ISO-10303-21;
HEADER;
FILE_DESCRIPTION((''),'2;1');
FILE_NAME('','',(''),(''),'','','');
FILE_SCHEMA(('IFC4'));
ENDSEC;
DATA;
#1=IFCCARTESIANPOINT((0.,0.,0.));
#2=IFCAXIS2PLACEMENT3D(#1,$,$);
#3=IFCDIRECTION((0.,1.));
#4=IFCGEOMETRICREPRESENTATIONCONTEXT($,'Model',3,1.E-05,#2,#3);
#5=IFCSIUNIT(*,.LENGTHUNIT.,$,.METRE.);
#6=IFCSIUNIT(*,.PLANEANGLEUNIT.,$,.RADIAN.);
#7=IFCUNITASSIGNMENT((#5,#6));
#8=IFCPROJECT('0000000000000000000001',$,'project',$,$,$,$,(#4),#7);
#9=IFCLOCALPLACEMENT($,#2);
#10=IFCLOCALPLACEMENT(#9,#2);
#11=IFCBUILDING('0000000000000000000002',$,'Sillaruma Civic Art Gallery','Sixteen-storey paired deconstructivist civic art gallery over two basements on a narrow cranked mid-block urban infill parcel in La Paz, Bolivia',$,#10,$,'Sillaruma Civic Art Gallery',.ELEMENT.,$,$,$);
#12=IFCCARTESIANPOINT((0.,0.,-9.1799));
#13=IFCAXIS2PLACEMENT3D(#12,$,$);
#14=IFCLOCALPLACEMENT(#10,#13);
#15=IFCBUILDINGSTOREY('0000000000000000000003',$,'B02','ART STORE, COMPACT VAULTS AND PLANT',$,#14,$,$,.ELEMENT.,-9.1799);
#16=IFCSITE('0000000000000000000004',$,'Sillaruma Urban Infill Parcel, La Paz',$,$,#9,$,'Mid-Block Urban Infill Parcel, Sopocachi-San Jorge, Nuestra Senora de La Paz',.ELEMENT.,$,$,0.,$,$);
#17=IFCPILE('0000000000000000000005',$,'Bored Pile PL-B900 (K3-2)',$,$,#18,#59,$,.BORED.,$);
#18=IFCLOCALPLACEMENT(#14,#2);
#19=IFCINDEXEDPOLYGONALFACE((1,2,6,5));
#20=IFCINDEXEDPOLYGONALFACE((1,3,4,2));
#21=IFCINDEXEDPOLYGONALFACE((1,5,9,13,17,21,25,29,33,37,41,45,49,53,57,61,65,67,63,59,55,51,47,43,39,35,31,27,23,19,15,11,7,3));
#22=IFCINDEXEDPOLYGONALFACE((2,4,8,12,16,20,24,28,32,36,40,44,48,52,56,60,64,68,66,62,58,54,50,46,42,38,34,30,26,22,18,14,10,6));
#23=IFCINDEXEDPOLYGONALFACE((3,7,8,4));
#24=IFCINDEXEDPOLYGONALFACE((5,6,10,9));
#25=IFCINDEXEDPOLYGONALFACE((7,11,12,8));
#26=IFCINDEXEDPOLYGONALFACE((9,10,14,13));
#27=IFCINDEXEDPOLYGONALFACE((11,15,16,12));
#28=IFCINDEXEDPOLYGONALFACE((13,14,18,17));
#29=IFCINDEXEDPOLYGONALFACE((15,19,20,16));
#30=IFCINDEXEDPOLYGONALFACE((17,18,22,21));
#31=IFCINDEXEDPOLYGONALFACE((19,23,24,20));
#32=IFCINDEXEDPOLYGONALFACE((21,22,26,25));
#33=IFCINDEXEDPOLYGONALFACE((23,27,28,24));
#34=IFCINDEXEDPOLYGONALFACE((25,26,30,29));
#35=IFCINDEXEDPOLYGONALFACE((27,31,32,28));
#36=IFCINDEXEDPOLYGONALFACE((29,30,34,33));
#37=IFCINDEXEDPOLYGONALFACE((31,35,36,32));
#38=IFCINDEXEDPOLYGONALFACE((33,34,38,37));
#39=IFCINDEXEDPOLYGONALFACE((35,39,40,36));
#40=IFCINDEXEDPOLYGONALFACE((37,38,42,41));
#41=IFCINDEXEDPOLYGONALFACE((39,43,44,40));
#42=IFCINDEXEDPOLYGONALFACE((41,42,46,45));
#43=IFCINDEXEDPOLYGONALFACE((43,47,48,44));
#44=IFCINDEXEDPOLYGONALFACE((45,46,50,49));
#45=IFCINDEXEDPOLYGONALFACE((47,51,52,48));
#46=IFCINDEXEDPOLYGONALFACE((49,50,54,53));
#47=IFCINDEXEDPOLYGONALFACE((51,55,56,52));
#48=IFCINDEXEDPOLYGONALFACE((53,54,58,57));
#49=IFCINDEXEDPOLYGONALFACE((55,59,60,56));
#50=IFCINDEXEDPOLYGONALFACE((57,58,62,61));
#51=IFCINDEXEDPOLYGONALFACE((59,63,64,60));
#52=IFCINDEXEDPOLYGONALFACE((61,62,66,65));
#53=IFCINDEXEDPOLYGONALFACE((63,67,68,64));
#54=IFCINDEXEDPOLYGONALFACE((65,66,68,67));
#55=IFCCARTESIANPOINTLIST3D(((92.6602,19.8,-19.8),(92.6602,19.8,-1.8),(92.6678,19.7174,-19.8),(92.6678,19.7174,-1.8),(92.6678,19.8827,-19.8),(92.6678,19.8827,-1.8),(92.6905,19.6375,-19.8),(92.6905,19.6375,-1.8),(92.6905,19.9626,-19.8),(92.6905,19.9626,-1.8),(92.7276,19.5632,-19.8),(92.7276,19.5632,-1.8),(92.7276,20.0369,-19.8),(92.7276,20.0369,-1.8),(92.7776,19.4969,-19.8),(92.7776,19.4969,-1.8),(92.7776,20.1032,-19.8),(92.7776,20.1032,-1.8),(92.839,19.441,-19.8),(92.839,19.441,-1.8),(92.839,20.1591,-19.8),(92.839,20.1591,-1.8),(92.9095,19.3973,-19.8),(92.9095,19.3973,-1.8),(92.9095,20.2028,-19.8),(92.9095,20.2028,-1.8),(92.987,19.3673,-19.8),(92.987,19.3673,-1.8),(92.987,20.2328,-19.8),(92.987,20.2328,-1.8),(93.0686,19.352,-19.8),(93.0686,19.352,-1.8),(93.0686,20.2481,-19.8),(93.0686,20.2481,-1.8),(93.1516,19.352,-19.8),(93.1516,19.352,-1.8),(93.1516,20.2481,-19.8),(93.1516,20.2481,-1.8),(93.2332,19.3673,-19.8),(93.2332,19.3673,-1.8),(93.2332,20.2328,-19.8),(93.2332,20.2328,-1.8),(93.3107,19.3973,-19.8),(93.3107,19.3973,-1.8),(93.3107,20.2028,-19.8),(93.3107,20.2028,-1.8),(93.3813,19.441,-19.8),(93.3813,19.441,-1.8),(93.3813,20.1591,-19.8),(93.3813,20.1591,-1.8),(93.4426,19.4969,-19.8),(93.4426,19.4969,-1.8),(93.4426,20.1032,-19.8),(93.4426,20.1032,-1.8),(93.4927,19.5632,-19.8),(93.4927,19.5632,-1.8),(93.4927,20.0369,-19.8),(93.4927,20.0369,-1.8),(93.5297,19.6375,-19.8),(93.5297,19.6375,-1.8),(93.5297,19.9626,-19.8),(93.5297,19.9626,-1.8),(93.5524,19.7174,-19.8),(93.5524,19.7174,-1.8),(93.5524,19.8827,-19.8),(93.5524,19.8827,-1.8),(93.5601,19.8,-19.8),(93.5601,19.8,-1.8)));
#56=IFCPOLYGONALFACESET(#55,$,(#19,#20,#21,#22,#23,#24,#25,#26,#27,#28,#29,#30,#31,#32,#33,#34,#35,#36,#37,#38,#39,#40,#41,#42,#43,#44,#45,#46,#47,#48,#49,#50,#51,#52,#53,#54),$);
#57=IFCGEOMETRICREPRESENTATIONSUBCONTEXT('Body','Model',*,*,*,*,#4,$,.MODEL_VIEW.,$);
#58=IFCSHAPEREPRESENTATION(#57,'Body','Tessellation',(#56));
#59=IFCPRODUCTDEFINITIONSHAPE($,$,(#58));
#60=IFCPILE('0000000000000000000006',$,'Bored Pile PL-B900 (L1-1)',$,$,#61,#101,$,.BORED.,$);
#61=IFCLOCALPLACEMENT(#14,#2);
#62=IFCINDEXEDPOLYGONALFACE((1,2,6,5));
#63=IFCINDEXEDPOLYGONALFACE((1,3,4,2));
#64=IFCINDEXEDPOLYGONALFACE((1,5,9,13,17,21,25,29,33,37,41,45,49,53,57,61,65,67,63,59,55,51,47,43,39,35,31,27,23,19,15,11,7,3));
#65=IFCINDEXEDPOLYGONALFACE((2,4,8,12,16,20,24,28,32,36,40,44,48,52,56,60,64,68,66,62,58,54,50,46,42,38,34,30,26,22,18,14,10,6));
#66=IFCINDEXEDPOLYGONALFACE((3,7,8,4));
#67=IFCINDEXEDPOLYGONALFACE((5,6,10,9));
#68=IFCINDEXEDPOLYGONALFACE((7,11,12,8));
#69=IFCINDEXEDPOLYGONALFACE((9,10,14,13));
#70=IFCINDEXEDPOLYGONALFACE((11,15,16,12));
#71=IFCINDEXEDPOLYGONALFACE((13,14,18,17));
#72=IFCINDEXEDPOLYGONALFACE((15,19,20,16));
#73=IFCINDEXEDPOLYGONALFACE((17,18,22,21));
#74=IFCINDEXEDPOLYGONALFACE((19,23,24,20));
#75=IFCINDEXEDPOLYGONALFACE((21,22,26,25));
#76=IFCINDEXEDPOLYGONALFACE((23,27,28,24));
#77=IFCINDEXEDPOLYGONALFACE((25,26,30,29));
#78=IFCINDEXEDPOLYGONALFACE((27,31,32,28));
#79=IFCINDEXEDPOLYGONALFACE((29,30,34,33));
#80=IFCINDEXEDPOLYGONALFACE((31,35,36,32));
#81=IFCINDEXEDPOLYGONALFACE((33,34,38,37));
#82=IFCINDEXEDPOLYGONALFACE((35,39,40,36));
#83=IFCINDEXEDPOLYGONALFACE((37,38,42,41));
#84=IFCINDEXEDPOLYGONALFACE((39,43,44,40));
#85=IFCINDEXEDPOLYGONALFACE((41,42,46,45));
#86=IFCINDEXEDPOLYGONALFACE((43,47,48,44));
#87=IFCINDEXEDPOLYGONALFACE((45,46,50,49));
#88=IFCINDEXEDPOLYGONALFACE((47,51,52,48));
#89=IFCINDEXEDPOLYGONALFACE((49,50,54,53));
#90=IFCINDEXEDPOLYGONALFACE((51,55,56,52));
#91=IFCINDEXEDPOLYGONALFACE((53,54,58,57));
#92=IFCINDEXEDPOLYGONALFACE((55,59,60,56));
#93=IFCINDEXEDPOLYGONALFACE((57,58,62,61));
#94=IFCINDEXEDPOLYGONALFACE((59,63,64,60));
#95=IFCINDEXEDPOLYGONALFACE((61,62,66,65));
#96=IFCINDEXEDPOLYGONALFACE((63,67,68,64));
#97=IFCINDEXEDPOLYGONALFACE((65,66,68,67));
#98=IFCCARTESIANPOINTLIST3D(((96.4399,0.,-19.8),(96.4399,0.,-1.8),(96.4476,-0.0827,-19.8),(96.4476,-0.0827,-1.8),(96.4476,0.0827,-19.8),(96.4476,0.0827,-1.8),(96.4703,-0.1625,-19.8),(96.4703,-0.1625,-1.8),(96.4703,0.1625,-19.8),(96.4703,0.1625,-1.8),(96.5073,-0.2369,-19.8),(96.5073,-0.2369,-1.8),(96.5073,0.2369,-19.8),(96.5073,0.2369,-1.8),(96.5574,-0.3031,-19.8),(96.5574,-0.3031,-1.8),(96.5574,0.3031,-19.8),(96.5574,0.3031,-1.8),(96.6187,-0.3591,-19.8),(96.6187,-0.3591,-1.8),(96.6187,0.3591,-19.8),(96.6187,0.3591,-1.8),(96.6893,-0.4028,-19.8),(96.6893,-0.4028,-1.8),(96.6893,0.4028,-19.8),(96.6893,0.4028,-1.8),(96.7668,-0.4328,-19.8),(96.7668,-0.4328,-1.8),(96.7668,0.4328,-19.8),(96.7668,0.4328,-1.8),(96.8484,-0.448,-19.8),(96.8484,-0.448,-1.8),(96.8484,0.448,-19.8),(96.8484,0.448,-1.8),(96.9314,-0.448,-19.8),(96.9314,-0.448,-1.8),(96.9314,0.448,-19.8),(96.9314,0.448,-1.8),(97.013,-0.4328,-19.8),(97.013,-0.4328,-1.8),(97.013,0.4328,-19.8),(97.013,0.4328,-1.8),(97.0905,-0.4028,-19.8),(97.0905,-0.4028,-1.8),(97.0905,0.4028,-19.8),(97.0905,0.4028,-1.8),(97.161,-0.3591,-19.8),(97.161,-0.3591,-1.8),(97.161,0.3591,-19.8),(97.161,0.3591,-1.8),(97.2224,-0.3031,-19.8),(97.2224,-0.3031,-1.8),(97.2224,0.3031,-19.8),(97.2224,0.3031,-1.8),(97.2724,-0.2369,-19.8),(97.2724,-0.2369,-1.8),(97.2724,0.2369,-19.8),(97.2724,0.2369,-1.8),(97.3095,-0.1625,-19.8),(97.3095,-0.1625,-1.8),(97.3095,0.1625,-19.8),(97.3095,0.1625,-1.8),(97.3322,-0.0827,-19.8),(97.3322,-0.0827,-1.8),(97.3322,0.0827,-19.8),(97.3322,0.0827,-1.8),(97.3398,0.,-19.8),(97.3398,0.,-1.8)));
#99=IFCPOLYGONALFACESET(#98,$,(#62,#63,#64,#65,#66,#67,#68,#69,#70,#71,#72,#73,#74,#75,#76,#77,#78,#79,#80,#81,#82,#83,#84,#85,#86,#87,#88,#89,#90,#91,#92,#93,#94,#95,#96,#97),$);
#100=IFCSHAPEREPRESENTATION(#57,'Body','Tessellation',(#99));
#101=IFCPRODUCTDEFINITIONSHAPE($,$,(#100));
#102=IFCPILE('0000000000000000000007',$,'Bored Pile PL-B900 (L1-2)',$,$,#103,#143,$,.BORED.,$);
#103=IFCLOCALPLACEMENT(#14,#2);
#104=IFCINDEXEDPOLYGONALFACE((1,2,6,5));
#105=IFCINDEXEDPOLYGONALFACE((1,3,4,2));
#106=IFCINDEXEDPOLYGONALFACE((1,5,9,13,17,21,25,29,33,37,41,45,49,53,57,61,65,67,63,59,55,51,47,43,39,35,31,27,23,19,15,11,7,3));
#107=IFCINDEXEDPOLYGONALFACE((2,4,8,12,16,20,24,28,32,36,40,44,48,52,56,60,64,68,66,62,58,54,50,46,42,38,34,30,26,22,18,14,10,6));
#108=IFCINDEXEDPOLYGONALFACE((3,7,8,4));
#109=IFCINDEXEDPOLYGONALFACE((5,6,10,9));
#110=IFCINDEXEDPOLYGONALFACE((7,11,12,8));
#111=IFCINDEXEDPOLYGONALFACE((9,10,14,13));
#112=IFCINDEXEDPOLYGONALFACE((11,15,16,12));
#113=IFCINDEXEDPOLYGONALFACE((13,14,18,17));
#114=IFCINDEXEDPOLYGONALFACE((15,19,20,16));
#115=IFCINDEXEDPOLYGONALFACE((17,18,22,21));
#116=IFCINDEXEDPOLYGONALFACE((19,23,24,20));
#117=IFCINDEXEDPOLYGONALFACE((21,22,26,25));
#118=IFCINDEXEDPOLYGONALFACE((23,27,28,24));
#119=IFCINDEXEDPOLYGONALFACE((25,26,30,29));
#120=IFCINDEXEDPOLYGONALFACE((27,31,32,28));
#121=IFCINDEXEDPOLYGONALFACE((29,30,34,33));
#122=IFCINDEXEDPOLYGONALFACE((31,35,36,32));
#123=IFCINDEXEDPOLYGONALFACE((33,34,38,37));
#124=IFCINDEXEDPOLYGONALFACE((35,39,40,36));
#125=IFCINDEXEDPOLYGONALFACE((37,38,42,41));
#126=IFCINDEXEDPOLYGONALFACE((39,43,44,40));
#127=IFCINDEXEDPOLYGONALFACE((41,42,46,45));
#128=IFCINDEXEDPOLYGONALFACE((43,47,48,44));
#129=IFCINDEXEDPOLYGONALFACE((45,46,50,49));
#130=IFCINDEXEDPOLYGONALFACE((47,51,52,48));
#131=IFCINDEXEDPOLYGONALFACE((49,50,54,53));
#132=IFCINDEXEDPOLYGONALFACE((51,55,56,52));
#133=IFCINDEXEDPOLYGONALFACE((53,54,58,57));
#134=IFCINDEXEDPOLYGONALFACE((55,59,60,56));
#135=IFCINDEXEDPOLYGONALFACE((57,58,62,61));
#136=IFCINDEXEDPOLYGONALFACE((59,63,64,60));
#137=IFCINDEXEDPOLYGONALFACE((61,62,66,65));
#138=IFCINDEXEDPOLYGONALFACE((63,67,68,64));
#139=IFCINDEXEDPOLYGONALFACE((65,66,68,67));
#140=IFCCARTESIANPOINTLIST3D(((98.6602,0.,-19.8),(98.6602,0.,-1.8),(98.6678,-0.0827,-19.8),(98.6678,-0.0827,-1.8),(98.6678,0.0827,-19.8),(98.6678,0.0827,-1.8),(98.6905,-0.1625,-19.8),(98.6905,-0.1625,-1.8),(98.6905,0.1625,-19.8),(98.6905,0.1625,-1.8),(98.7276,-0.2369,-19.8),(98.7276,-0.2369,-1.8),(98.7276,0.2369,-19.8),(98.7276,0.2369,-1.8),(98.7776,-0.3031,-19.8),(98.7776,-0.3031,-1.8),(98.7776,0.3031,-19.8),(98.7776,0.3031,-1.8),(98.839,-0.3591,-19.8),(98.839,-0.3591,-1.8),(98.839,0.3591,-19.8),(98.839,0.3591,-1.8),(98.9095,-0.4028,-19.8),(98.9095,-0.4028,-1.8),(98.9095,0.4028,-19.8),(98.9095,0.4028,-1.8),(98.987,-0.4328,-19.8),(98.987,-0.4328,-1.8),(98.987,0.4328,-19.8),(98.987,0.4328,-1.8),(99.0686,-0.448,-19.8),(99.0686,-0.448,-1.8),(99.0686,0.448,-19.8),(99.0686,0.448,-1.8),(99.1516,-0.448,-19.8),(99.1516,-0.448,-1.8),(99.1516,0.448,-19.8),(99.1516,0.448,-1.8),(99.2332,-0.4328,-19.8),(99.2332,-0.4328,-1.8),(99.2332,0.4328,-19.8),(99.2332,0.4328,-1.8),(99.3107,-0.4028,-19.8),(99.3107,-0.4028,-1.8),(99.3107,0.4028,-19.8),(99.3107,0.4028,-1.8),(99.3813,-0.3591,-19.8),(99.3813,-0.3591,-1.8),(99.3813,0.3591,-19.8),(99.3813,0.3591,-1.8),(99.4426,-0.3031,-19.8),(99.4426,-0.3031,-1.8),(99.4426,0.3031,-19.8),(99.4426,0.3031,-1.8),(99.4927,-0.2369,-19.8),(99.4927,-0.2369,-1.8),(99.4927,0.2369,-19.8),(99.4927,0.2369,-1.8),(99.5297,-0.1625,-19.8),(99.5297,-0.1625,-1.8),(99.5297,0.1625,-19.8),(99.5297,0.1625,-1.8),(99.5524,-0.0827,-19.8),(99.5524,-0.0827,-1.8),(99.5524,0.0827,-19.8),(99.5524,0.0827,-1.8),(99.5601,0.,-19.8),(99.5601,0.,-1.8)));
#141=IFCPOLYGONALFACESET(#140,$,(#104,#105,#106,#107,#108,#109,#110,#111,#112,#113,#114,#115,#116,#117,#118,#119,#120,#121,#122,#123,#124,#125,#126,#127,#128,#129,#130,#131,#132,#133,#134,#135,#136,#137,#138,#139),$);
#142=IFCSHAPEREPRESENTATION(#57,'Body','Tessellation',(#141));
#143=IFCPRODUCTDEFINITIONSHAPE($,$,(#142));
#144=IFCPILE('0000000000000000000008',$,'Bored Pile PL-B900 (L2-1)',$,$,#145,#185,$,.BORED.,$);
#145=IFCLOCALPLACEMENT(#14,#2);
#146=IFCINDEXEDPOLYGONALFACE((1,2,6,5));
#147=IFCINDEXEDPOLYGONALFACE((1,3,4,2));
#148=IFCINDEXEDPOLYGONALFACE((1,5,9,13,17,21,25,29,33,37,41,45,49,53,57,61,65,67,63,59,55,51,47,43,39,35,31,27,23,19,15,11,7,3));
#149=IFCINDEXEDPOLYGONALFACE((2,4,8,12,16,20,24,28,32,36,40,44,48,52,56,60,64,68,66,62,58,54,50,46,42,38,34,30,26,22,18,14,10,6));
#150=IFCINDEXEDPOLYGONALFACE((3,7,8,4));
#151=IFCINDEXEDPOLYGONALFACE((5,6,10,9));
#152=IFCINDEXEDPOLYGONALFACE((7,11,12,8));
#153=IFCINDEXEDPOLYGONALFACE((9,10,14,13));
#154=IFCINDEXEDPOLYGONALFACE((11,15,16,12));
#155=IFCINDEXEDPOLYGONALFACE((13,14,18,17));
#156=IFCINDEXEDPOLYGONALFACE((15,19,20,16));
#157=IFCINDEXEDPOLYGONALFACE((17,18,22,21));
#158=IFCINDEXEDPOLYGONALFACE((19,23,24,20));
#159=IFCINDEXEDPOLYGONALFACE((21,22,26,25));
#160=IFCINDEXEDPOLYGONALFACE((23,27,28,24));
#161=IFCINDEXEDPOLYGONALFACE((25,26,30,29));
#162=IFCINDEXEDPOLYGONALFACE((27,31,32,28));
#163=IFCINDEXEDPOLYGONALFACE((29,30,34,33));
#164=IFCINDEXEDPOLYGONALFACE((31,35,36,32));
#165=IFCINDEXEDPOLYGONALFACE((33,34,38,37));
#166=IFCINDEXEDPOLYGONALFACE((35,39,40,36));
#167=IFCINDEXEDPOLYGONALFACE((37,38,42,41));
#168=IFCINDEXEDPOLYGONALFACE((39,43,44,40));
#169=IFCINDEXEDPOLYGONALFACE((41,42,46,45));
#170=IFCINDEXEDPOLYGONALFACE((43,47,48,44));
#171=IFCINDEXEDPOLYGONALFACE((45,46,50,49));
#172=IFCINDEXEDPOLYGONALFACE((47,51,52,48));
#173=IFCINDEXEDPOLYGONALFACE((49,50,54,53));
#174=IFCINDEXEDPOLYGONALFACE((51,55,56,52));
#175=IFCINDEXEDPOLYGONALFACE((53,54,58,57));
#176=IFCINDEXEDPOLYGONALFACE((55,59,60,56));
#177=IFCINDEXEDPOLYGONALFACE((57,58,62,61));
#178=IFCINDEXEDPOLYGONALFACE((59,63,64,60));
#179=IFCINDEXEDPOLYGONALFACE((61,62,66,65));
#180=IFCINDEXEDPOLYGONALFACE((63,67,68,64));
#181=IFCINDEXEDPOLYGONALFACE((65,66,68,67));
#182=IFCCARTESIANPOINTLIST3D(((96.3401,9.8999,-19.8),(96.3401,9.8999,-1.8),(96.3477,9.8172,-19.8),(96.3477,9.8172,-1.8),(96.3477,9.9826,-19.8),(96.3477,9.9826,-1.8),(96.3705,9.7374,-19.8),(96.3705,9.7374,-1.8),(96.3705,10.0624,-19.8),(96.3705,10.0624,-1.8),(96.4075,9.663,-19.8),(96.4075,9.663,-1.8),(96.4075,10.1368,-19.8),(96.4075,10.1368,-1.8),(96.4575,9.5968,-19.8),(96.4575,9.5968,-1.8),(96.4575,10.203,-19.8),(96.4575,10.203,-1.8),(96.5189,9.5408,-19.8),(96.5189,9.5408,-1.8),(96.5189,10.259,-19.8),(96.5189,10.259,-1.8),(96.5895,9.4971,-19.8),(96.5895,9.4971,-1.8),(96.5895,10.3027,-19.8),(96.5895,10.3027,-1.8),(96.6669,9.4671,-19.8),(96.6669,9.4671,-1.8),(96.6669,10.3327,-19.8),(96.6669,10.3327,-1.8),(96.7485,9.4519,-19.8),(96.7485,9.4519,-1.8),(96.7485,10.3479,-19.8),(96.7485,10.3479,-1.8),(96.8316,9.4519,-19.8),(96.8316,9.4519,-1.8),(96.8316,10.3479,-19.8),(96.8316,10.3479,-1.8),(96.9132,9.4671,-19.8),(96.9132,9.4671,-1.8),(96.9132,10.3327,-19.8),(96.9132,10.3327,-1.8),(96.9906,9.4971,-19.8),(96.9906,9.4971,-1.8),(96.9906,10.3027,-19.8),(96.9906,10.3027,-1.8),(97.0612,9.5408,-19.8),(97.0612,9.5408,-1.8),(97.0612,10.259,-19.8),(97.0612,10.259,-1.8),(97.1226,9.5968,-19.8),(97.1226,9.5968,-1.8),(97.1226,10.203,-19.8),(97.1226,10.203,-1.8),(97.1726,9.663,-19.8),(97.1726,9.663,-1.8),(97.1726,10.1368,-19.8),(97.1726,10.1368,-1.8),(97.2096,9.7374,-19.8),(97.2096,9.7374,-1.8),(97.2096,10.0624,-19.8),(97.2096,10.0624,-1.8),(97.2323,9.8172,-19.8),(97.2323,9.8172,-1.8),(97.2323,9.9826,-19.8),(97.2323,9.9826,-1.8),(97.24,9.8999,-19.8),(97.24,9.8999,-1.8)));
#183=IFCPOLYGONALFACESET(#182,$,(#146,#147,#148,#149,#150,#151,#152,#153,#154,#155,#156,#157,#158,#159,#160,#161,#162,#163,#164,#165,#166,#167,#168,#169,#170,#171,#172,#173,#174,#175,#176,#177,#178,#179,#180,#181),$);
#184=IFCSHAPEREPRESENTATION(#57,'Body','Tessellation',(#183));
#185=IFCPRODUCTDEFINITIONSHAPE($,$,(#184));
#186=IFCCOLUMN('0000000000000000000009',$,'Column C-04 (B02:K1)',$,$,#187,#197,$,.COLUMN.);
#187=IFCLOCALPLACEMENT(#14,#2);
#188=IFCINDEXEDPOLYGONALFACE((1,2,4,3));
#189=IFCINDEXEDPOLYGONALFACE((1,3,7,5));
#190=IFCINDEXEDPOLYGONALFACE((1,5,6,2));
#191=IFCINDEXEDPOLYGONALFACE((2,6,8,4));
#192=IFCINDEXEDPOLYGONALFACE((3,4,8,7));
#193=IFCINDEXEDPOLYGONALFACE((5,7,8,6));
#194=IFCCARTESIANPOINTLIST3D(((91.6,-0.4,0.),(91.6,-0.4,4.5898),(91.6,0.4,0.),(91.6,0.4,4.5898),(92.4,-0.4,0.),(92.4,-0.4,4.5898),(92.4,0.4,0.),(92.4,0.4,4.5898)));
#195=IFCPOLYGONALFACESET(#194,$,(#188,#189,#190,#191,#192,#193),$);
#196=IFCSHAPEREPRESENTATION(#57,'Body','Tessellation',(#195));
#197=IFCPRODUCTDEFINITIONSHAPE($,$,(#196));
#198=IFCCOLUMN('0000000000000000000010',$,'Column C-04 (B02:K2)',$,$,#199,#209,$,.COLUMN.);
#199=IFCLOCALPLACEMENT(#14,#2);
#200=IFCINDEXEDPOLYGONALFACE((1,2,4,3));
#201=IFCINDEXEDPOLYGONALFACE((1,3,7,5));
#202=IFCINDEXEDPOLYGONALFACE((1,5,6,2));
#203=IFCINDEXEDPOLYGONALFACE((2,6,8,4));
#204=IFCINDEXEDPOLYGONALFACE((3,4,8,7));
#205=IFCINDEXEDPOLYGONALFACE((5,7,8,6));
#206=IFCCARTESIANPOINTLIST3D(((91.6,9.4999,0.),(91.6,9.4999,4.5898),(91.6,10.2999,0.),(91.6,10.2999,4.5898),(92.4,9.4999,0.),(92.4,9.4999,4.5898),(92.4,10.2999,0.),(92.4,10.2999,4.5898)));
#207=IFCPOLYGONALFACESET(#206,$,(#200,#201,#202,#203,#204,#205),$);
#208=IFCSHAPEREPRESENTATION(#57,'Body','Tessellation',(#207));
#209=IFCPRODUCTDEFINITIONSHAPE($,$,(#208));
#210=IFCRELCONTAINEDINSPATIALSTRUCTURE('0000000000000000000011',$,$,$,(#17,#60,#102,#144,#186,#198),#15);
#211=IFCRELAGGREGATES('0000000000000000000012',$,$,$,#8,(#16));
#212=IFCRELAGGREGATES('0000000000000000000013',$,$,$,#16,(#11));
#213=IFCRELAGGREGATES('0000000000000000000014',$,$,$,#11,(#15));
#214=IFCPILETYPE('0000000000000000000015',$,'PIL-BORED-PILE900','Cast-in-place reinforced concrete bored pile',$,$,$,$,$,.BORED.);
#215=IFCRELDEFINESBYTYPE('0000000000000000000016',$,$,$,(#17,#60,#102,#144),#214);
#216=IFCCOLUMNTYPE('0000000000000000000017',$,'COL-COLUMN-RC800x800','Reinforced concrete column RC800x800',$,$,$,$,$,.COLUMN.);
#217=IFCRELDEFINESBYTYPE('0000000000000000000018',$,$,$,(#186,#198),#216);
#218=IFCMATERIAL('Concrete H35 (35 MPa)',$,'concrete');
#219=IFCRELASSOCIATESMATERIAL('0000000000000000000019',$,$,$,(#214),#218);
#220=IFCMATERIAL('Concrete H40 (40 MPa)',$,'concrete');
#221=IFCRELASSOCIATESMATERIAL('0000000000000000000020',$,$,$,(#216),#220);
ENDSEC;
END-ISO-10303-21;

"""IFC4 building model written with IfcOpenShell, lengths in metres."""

from ifc_helpers import new_model, si_unit, direction, frame, origin, origin_2d, place, context, subcontext, project, spatial, rectangle, circle, extrude, material, material_profile, profile_set, type_object, element, save


model = new_model("IFC4")

# Units and contexts
model_context = context("Model", 3, precision=1e-05, world=origin(), true_north=direction((0.0, 1.0)))
body_context = subcontext(model_context, "Body", "Model", "MODEL_VIEW")
ifc_project = project(units=[si_unit("LENGTHUNIT", "METRE"), si_unit("PLANEANGLEUNIT", "RADIAN")], contexts=[model_context])

# Site, building, storey
site_placement = place(None, origin())
site = spatial("IfcSite", under=ifc_project, at=site_placement, Name="Sillaruma Urban Infill Parcel, La Paz", LongName="Mid-Block Urban Infill Parcel, Sopocachi-San Jorge, Nuestra Senora de La Paz", CompositionType="ELEMENT", RefElevation=0.0)
building_placement = place(site_placement, origin())
building = spatial("IfcBuilding", under=site, at=building_placement, Name="Sillaruma Civic Art Gallery", Description="Sixteen-storey paired deconstructivist civic art gallery over two basements on a narrow cranked mid-block urban infill parcel in La Paz, Bolivia", LongName="Sillaruma Civic Art Gallery", CompositionType="ELEMENT")
storey_placement = place(building_placement, frame((0.0, 0.0, -9.1799)))
storey = spatial("IfcBuildingStorey", under=building, at=storey_placement, Name="B02", Description="ART STORE, COMPACT VAULTS AND PLANT", CompositionType="ELEMENT", Elevation=-9.1799)

# Shared definitions
ifc_material_1 = material(Name="Concrete H35 (35 MPa)", Category="concrete")

# Piles
ifc_material_profile_1 = material_profile(ifc_material_1, circle(Radius=0.45, at=origin_2d()), Name="PILE900")
ifc_profile_set_1 = profile_set([ifc_material_profile_1], Name="Concrete H35 (35 MPa)")
pile_type_1 = type_object("IfcPileType", Name="PIL-BORED-PILE900", Description="Cast-in-place reinforced concrete bored pile", PredefinedType="BORED", material=ifc_profile_set_1)
for number, where, z_axis, x_axis, name in (
    (1, (93.1101, 19.8, -1.8), (0.0, 0.0, -1.0), (1.0, 0.0, 0.0), "Bored Pile PL-B900 (K3-2)"),
    (2, (96.8899, 0.0, -1.8), (0.0, 0.0, -1.0), (1.0, 0.0, 0.0), "Bored Pile PL-B900 (L1-1)"),
    (3, (99.1101, 0.0, -1.8), (0.0, 0.0, -1.0), (1.0, 0.0, 0.0), "Bored Pile PL-B900 (L1-2)"),
    (4, (96.79, 9.8999, -1.8), (0.0, 0.0, -1.0), (1.0, 0.0, 0.0), "Bored Pile PL-B900 (L2-1)"),
):
    element("IfcPile", number, at=place(storey_placement, frame(where, z_axis=z_axis, x_axis=x_axis)), inside=storey, type_object=pile_type_1, Name=name, PredefinedType="BORED", context=body_context, shape_type="SweptSolid", body=[
        extrude(circle(Radius=0.45, at=origin_2d()), origin(), (0.0, 0.0, 1.0), 18.0),
    ])

# Columns
ifc_material_2 = material(Name="Concrete H40 (40 MPa)", Category="concrete")
ifc_material_profile_2 = material_profile(ifc_material_2, rectangle(XDim=0.8, YDim=0.8, at=origin_2d()), Name="RC800x800")
ifc_profile_set_2 = profile_set([ifc_material_profile_2], Name="Concrete H40 (40 MPa)")
column_type_1 = type_object("IfcColumnType", Name="COL-COLUMN-RC800x800", Description="Reinforced concrete column RC800x800", PredefinedType="COLUMN", material=ifc_profile_set_2)
for number, where, z_axis, x_axis, name in (
    (5, (92.0, 0.0, 0.0), (0.0, 0.0, 1.0), (1.0, 0.0, 0.0), "Column C-04 (B02:K1)"),
    (6, (92.0, 9.8999, 0.0), (0.0, 0.0, 1.0), (1.0, 0.0, 0.0), "Column C-04 (B02:K2)"),
):
    element("IfcColumn", number, at=place(storey_placement, frame(where, z_axis=z_axis, x_axis=x_axis)), inside=storey, type_object=column_type_1, Name=name, PredefinedType="COLUMN", context=body_context, shape_type="SweptSolid", body=[
        extrude(rectangle(XDim=0.8, YDim=0.8, at=origin_2d()), origin(), (0.0, 0.0, 1.0), 4.5898),
    ])

save(model, "model.ifc")
